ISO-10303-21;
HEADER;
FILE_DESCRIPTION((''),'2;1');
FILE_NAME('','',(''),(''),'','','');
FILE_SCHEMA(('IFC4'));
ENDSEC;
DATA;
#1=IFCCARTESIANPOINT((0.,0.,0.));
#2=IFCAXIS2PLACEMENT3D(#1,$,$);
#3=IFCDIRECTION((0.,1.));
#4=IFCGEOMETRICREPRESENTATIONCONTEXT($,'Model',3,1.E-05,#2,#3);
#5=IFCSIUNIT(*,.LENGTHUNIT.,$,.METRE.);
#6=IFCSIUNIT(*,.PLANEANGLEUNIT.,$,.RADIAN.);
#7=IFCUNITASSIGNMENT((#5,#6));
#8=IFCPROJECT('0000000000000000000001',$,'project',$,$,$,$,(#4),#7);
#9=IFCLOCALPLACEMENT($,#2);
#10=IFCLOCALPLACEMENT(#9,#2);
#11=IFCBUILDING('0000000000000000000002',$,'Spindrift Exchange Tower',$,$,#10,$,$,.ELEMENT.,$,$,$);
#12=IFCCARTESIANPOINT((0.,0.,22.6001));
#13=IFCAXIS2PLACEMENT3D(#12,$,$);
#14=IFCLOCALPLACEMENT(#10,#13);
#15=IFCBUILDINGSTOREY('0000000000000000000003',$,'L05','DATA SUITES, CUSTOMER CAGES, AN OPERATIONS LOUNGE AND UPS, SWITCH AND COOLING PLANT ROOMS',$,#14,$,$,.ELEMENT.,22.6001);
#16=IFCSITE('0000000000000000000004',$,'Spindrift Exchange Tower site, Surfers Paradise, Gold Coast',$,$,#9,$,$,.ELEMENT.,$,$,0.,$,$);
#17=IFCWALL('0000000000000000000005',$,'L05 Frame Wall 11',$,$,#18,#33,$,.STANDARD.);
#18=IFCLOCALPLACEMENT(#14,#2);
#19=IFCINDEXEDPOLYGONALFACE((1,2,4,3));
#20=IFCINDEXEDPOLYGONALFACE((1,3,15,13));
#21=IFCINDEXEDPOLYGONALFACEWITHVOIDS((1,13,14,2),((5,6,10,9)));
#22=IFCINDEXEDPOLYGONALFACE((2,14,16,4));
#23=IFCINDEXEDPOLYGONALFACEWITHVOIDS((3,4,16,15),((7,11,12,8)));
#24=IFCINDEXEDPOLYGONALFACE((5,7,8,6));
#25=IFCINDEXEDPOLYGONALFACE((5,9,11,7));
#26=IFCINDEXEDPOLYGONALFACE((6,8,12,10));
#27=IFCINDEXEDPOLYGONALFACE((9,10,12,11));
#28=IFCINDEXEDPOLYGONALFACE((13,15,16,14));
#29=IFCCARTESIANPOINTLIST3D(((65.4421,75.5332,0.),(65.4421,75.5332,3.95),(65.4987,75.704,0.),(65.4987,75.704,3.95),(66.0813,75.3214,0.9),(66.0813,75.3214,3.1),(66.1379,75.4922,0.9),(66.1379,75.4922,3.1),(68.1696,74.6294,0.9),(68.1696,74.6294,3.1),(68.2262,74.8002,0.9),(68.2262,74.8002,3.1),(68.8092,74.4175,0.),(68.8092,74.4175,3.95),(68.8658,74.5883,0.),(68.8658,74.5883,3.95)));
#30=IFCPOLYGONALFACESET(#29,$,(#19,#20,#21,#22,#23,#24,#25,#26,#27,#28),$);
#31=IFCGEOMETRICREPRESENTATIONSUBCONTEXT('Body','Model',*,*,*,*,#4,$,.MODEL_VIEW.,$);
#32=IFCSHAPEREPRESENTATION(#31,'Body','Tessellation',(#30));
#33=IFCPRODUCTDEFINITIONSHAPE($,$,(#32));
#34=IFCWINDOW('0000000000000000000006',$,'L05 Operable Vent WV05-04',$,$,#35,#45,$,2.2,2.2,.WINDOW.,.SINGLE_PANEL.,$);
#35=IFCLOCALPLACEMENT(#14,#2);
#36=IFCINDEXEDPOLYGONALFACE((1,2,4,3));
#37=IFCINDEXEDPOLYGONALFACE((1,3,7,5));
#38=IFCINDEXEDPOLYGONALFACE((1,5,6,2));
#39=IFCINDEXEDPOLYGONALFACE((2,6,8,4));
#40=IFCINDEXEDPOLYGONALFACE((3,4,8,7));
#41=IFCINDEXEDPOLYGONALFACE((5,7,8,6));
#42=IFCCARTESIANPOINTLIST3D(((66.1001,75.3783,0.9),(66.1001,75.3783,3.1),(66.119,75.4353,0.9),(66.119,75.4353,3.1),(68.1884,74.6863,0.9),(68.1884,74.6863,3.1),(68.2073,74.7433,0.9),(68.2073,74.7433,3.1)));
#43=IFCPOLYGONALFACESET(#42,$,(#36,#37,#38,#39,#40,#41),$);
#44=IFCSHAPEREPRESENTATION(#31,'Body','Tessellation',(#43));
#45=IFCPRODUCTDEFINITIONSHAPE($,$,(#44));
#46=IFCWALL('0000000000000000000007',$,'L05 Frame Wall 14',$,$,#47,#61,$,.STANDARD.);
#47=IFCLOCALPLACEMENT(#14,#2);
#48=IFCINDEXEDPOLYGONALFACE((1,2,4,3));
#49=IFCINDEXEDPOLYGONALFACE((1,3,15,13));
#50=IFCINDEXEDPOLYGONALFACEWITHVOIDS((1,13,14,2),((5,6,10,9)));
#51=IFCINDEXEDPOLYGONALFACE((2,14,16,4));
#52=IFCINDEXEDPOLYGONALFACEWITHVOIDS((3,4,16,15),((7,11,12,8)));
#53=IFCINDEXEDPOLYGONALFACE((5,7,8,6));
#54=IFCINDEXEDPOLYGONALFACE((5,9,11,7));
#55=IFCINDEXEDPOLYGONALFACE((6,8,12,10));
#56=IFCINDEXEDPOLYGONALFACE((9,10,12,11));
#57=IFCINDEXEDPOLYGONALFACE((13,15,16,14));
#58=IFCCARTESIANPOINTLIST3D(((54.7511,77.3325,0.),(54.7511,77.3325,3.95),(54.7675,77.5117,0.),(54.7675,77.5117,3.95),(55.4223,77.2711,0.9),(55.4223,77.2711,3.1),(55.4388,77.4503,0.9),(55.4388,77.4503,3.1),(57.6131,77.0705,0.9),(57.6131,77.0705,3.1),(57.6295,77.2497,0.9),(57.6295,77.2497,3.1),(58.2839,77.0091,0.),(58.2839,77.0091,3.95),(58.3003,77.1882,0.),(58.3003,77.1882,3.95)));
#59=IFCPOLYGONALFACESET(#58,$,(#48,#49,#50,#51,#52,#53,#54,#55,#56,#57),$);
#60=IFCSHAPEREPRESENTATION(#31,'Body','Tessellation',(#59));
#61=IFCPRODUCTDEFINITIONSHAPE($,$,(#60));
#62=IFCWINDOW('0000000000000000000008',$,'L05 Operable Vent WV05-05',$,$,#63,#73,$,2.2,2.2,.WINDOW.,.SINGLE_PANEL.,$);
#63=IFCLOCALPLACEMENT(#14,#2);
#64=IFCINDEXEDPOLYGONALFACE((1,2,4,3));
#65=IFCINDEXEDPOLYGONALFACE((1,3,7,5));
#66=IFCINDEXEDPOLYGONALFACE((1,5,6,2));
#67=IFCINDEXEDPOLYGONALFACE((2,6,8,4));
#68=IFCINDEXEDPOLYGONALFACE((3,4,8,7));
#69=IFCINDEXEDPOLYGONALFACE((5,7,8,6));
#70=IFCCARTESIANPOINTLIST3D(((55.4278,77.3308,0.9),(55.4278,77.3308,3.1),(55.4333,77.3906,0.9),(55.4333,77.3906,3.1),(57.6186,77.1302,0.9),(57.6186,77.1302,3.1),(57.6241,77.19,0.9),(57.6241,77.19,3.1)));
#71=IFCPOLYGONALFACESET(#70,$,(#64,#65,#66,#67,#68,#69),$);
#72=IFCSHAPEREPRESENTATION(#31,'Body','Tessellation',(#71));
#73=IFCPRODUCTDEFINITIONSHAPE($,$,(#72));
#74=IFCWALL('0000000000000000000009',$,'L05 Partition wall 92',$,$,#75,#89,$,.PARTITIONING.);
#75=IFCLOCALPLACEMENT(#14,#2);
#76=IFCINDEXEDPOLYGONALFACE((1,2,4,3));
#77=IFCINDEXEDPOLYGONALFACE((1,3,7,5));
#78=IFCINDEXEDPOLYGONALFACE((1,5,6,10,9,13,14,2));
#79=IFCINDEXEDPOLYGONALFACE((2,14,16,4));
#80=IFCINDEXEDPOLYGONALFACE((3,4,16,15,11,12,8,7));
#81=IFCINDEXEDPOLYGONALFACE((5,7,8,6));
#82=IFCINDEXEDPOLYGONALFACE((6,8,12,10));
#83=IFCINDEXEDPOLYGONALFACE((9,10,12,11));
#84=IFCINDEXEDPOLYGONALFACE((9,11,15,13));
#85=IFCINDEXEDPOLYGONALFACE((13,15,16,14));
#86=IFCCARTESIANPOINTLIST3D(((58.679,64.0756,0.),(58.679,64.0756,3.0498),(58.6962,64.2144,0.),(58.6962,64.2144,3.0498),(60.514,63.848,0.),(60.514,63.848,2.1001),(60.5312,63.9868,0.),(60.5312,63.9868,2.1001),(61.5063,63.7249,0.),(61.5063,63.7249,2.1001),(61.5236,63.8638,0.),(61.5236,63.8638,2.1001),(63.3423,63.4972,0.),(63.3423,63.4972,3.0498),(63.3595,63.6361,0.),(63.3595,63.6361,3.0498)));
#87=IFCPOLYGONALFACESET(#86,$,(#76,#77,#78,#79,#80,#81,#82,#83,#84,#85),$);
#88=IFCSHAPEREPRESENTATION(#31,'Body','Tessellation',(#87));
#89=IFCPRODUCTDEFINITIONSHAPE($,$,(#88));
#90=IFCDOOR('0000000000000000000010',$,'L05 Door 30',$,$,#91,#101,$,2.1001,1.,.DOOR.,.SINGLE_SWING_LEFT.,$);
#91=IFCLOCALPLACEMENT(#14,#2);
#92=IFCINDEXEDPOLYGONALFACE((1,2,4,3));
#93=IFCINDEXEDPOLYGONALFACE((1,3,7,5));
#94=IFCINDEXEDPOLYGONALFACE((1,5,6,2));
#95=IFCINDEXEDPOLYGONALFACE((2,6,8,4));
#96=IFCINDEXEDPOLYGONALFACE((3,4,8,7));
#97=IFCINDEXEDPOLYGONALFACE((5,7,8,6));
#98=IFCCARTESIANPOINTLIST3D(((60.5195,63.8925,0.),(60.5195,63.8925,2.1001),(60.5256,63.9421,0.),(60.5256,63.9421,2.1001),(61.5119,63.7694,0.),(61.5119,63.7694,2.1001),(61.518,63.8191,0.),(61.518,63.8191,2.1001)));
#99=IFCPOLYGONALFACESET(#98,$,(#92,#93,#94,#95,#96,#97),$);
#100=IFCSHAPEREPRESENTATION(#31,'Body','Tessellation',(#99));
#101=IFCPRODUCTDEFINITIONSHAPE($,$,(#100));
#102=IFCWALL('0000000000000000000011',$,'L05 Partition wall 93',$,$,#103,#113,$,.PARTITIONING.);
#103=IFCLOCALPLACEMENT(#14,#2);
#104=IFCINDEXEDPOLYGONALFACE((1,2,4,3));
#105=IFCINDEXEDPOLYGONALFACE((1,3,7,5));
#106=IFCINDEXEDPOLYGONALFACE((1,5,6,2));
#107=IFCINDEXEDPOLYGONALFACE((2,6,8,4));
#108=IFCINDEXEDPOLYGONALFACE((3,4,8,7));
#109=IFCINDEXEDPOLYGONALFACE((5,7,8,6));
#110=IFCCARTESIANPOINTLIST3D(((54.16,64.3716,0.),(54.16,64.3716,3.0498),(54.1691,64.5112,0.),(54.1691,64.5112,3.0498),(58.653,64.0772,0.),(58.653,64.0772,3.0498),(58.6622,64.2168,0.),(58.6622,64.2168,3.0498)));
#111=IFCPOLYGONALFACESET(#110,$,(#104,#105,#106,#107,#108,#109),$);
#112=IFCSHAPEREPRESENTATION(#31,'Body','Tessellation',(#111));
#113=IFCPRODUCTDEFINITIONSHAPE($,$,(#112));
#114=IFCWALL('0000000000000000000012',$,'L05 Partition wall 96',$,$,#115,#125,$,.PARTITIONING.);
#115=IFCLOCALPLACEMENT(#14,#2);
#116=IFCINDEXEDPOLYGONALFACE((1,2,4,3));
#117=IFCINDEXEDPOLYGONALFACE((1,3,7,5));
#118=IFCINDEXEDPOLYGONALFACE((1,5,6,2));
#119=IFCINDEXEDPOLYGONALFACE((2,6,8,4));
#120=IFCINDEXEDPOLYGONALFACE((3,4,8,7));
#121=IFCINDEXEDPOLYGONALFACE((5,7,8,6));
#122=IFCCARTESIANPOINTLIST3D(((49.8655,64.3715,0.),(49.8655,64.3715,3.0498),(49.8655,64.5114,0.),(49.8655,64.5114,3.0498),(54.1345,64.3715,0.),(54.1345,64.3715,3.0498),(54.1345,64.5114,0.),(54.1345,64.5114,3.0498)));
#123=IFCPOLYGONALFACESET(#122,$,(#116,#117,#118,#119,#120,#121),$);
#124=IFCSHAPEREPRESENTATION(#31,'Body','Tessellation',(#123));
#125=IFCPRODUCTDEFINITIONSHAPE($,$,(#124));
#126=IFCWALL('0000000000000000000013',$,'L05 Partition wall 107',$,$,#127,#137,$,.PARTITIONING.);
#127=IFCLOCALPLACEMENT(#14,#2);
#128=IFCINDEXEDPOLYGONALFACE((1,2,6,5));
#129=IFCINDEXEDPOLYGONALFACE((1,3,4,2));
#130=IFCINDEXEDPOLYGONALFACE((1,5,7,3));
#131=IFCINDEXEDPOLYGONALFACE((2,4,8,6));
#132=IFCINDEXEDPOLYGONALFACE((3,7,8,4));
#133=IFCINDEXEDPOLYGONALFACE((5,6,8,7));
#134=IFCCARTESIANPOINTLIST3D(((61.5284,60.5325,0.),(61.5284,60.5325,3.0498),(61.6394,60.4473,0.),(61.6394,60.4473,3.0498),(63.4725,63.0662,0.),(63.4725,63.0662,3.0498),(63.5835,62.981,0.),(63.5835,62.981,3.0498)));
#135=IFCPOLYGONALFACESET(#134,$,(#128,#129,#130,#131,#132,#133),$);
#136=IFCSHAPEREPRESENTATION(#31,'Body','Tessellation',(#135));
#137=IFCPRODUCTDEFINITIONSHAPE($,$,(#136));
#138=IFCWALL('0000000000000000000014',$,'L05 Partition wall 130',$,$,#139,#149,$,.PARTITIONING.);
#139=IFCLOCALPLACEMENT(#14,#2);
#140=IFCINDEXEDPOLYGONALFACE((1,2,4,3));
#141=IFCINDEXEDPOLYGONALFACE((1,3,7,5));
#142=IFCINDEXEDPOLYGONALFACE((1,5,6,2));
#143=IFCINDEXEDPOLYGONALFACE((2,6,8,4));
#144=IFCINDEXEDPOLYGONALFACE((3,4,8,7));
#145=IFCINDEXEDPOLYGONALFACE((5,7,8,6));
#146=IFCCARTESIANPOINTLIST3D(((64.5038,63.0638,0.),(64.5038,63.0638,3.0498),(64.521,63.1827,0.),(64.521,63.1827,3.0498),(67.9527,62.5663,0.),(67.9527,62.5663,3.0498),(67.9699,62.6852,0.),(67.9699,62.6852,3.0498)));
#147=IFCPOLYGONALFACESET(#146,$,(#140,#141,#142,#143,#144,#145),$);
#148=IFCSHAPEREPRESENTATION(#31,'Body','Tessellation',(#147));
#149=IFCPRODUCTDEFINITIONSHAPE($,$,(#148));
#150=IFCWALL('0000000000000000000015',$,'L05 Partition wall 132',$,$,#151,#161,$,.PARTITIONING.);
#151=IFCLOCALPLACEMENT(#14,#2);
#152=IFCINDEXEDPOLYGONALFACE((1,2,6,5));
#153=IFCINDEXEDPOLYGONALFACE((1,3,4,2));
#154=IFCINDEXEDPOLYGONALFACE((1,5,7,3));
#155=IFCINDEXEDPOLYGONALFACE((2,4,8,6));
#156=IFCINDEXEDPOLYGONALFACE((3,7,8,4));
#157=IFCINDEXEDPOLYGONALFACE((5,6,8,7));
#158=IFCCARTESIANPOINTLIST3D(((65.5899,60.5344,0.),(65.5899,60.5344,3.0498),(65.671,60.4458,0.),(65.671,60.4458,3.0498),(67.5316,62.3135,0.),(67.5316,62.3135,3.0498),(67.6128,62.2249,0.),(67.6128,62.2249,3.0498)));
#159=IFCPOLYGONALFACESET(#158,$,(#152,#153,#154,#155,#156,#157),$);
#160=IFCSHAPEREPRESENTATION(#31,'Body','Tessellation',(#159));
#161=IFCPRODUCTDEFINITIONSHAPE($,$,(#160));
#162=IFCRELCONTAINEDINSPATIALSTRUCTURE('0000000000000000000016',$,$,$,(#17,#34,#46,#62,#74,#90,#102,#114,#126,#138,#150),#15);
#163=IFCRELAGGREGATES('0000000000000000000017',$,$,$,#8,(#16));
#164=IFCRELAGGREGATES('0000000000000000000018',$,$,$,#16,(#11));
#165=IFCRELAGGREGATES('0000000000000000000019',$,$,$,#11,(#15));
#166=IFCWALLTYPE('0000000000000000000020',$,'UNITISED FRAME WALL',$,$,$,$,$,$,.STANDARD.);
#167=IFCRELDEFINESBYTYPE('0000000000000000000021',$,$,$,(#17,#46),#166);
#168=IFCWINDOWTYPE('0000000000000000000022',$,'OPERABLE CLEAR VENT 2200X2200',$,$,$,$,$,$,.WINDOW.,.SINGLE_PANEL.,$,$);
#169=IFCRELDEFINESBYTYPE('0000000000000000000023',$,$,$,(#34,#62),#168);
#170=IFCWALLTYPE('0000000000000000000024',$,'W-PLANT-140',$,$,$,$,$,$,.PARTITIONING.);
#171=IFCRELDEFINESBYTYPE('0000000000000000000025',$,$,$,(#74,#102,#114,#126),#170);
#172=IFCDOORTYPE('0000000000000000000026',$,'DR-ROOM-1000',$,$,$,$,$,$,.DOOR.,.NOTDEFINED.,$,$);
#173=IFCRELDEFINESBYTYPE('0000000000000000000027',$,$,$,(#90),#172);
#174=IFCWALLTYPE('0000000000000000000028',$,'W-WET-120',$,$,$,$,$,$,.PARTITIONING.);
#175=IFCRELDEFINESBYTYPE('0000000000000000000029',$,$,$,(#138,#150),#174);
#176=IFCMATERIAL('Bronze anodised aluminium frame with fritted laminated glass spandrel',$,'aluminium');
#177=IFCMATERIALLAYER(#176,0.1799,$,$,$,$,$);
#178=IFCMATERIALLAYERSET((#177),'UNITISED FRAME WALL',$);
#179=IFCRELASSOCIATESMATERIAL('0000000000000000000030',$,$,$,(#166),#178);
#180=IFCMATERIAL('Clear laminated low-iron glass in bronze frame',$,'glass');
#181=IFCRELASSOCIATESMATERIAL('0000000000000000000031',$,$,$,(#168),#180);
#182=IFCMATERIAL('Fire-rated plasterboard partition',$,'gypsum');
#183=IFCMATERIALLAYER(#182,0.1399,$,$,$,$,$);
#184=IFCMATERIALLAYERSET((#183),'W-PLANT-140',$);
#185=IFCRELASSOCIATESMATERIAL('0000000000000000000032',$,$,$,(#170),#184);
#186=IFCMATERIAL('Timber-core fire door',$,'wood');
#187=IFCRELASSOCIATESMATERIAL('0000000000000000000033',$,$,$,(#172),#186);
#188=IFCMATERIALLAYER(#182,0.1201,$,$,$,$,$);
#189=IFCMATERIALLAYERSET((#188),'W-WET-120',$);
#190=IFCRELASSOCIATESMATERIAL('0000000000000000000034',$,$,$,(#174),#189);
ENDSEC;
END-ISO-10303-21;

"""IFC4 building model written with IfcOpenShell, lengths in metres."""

from ifc_helpers import new_model, si_unit, direction, frame, frame_2d, origin, place, context, subcontext, project, spatial, rectangle, extrude, source, transform, mapped, material, layer, layer_set, type_object, element, fill, save


model = new_model("IFC4")

# Units and contexts
model_context = context("Model", 3, precision=1e-05, world=origin(), true_north=direction((0.0, 1.0)))
body_context = subcontext(model_context, "Body", "Model", "MODEL_VIEW")
ifc_project = project(units=[si_unit("LENGTHUNIT", "METRE"), si_unit("PLANEANGLEUNIT", "RADIAN")], contexts=[model_context])

# Site, building, storey
site_placement = place(None, origin())
site = spatial("IfcSite", under=ifc_project, at=site_placement, Name="Spindrift Exchange Tower site, Surfers Paradise, Gold Coast", CompositionType="ELEMENT", RefElevation=0.0)
building_placement = place(site_placement, origin())
building = spatial("IfcBuilding", under=site, at=building_placement, Name="Spindrift Exchange Tower", CompositionType="ELEMENT")
storey_placement = place(building_placement, frame((0.0, 0.0, 22.6001)))
storey = spatial("IfcBuildingStorey", under=building, at=storey_placement, Name="L05", Description="DATA SUITES, CUSTOMER CAGES, AN OPERATIONS LOUNGE AND UPS, SWITCH AND COOLING PLANT ROOMS", CompositionType="ELEMENT", Elevation=22.6001)

# Walls, openings, windows
ifc_material_1 = material(Name="Bronze anodised aluminium frame with fritted laminated glass spandrel", Category="aluminium")
ifc_layer_1 = layer(ifc_material_1, 0.1799)
ifc_layer_set_1 = layer_set([ifc_layer_1], Name="UNITISED FRAME WALL")
wall_type_1 = type_object("IfcWallType", Name="UNITISED FRAME WALL", PredefinedType="STANDARD", material=ifc_layer_set_1)
wall_1_placement = place(storey_placement, frame((68.8374, 74.5029, 0.0), z_axis=(0.0, 0.0, 1.0), x_axis=(-0.949246, 0.314534, 0.0)))
wall_1 = element("IfcWall", 1, at=wall_1_placement, inside=storey, type_object=wall_type_1, Name="L05 Frame Wall 11", PredefinedType="STANDARD", context=body_context, shape_type="SweptSolid", body=[
    extrude(rectangle(XDim=3.5471, YDim=0.1799, at=frame_2d((1.7734, 0.0))), origin(), (0.0, 0.0, 1.0), 3.95),
])
opening_1_placement = place(wall_1_placement, frame((0.6736, 0.0, 0.8999)))
opening_1 = element("IfcOpeningElement", 2, at=opening_1_placement, cuts=wall_1, PredefinedType="OPENING", context=body_context, shape_type="SweptSolid", body=[
    extrude(rectangle(XDim=2.2, YDim=2.2, at=frame_2d((1.1001, 1.1001))), frame((0.0, 0.0999, 0.0), z_axis=(0.0, -1.0, 0.0), x_axis=(1.0, 0.0, 0.0)), (0.0, 0.0, 1.0), 0.2),
])
ifc_material_2 = material(Name="Clear laminated low-iron glass in bronze frame", Category="glass")
window_type = type_object("IfcWindowType", Name="OPERABLE CLEAR VENT 2200X2200", PartitioningType="SINGLE_PANEL", PredefinedType="WINDOW", material=ifc_material_2)
shared_shape_1 = source(origin(), body_context, "Body", "SweptSolid", [
    extrude(rectangle(XDim=2.2, YDim=2.2, at=frame_2d((1.1001, 1.1001))), frame((0.0, 0.03, 0.0), z_axis=(0.0, -1.0, 0.0), x_axis=(1.0, 0.0, 0.0)), (0.0, 0.0, 1.0), 0.0601),
])
window_1_placement = place(opening_1_placement, origin())
window_1 = element("IfcWindow", 3, at=window_1_placement, inside=storey, type_object=window_type, Name="L05 Operable Vent WV05-04", OverallHeight=2.2, OverallWidth=2.2, PartitioningType="SINGLE_PANEL", PredefinedType="WINDOW", context=body_context, shape_type="MappedRepresentation", body=[
    mapped(shared_shape_1, transform((0.0, 0.0, 0.0), scale=1.0)),
])
fill(opening_1, window_1)
wall_2_placement = place(storey_placement, frame((58.2922, 77.0986, 0.0), z_axis=(0.0, 0.0, 1.0), x_axis=(-0.995834, 0.091187, 0.0)))
wall_2 = element("IfcWall", 4, at=wall_2_placement, inside=storey, type_object=wall_type_1, Name="L05 Frame Wall 14", PredefinedType="STANDARD", context=body_context, shape_type="SweptSolid", body=[
    extrude(rectangle(XDim=3.5476, YDim=0.1799, at=frame_2d((1.7739, 0.0))), origin(), (0.0, 0.0, 1.0), 3.95),
])
opening_2_placement = place(wall_2_placement, frame((0.6736, 0.0, 0.8999)))
opening_2 = element("IfcOpeningElement", 5, at=opening_2_placement, cuts=wall_2, PredefinedType="OPENING", context=body_context, shape_type="SweptSolid", body=[
    extrude(rectangle(XDim=2.2, YDim=2.2, at=frame_2d((1.1001, 1.1001))), frame((0.0, 0.0999, 0.0), z_axis=(0.0, -1.0, 0.0), x_axis=(1.0, 0.0, 0.0)), (0.0, 0.0, 1.0), 0.2),
])
window_2_placement = place(opening_2_placement, origin())
window_2 = element("IfcWindow", 6, at=window_2_placement, inside=storey, type_object=window_type, Name="L05 Operable Vent WV05-05", OverallHeight=2.2, OverallWidth=2.2, PartitioningType="SINGLE_PANEL", PredefinedType="WINDOW", context=body_context, shape_type="MappedRepresentation", body=[
    mapped(shared_shape_1, transform((0.0, 0.0, 0.0), scale=1.0)),
])
fill(opening_2, window_2)

# Wall, opening, door
ifc_material_3 = material(Name="Fire-rated plasterboard partition", Category="gypsum")
ifc_layer_2 = layer(ifc_material_3, 0.1399)
ifc_layer_set_2 = layer_set([ifc_layer_2], Name="W-PLANT-140")
wall_type_2 = type_object("IfcWallType", Name="W-PLANT-140", PredefinedType="PARTITIONING", material=ifc_layer_set_2)
wall_3_placement = place(storey_placement, frame((58.6875, 64.145, 0.0), z_axis=(0.0, 0.0, 1.0), x_axis=(0.992397, -0.123082, 0.0)))
wall_3 = element("IfcWall", 7, at=wall_3_placement, inside=storey, type_object=wall_type_2, Name="L05 Partition wall 92", PredefinedType="PARTITIONING", context=body_context, shape_type="SweptSolid", body=[
    extrude(rectangle(XDim=4.699, YDim=0.1399, at=frame_2d((2.3496, 0.0))), origin(), (0.0, 0.0, 1.0), 3.0498),
])
opening_3_placement = place(wall_3_placement, frame((1.8491, 0.0, 0.0)))
opening_3 = element("IfcOpeningElement", 8, at=opening_3_placement, cuts=wall_3, PredefinedType="OPENING", context=body_context, shape_type="SweptSolid", body=[
    extrude(rectangle(XDim=1.0, YDim=2.1001, at=frame_2d((0.5, 1.05))), frame((0.0, 0.0798, 0.0), z_axis=(0.0, -1.0, 0.0), x_axis=(1.0, 0.0, 0.0)), (0.0, 0.0, 1.0), 0.1599),
])
ifc_material_4 = material(Name="Timber-core fire door", Category="wood")
door_type = type_object("IfcDoorType", Name="DR-ROOM-1000", OperationType="NOTDEFINED", PredefinedType="DOOR", material=ifc_material_4)
shared_shape_2 = source(origin(), body_context, "Body", "SweptSolid", [
    extrude(rectangle(XDim=1.0, YDim=2.1001, at=frame_2d((0.5, 1.05))), frame((0.0, 0.0249, 0.0), z_axis=(0.0, -1.0, 0.0), x_axis=(1.0, 0.0, 0.0)), (0.0, 0.0, 1.0), 0.05),
])
door_placement = place(opening_3_placement, origin())
door = element("IfcDoor", 9, at=door_placement, inside=storey, type_object=door_type, Name="L05 Door 30", OperationType="SINGLE_SWING_LEFT", OverallHeight=2.1001, OverallWidth=1.0, PredefinedType="DOOR", context=body_context, shape_type="MappedRepresentation", body=[
    mapped(shared_shape_2, transform((0.0, 0.0, 0.0), scale=1.0)),
])
fill(opening_3, door)

# Walls
wall_4_placement = place(storey_placement, frame((58.6577, 64.147, 0.0), z_axis=(0.0, 0.0, 1.0), x_axis=(-0.99786, 0.065389, 0.0)))
element("IfcWall", 10, at=wall_4_placement, inside=storey, type_object=wall_type_2, Name="L05 Partition wall 93", PredefinedType="PARTITIONING", context=body_context, shape_type="SweptSolid", body=[
    extrude(rectangle(XDim=4.5027, YDim=0.1399, at=frame_2d((2.2515, 0.0))), origin(), (0.0, 0.0, 1.0), 3.0498),
])
wall_5_placement = place(storey_placement, frame((54.1345, 64.4414, 0.0), z_axis=(0.0, 0.0, 1.0), x_axis=(-1.0, 0.0, 0.0)))
element("IfcWall", 11, at=wall_5_placement, inside=storey, type_object=wall_type_2, Name="L05 Partition wall 96", PredefinedType="PARTITIONING", context=body_context, shape_type="SweptSolid", body=[
    extrude(rectangle(XDim=4.269, YDim=0.1399, at=frame_2d((2.1345, 0.0))), origin(), (0.0, 0.0, 1.0), 3.0498),
])
wall_6_placement = place(storey_placement, frame((61.584, 60.49, 0.0), z_axis=(0.0, 0.0, 1.0), x_axis=(0.608746, 0.793365, 0.0)))
element("IfcWall", 12, at=wall_6_placement, inside=storey, type_object=wall_type_2, Name="L05 Partition wall 107", PredefinedType="PARTITIONING", context=body_context, shape_type="SweptSolid", body=[
    extrude(rectangle(XDim=3.1936, YDim=0.1399, at=frame_2d((1.5967, 0.0))), origin(), (0.0, 0.0, 1.0), 3.0498),
])
ifc_layer_3 = layer(ifc_material_3, 0.1201)
ifc_layer_set_3 = layer_set([ifc_layer_3], Name="W-WET-120")
wall_type_3 = type_object("IfcWallType", Name="W-WET-120", PredefinedType="PARTITIONING", material=ifc_layer_set_3)
wall_7_placement = place(storey_placement, frame((67.9612, 62.6257, 0.0), z_axis=(0.0, 0.0, 1.0), x_axis=(-0.989754, 0.142785, 0.0)))
element("IfcWall", 13, at=wall_7_placement, inside=storey, type_object=wall_type_3, Name="L05 Partition wall 130", PredefinedType="PARTITIONING", context=body_context, shape_type="SweptSolid", body=[
    extrude(rectangle(XDim=3.4846, YDim=0.1201, at=frame_2d((1.7422, 0.0))), origin(), (0.0, 0.0, 1.0), 3.0498),
])
wall_8_placement = place(storey_placement, frame((65.6304, 60.49, 0.0), z_axis=(0.0, 0.0, 1.0), x_axis=(0.737304, 0.675561, 0.0)))
element("IfcWall", 14, at=wall_8_placement, inside=storey, type_object=wall_type_3, Name="L05 Partition wall 132", PredefinedType="PARTITIONING", context=body_context, shape_type="SweptSolid", body=[
    extrude(rectangle(XDim=2.6335, YDim=0.1201, at=frame_2d((1.3169, 0.0))), origin(), (0.0, 0.0, 1.0), 3.0498),
])

save(model, "model.ifc")
